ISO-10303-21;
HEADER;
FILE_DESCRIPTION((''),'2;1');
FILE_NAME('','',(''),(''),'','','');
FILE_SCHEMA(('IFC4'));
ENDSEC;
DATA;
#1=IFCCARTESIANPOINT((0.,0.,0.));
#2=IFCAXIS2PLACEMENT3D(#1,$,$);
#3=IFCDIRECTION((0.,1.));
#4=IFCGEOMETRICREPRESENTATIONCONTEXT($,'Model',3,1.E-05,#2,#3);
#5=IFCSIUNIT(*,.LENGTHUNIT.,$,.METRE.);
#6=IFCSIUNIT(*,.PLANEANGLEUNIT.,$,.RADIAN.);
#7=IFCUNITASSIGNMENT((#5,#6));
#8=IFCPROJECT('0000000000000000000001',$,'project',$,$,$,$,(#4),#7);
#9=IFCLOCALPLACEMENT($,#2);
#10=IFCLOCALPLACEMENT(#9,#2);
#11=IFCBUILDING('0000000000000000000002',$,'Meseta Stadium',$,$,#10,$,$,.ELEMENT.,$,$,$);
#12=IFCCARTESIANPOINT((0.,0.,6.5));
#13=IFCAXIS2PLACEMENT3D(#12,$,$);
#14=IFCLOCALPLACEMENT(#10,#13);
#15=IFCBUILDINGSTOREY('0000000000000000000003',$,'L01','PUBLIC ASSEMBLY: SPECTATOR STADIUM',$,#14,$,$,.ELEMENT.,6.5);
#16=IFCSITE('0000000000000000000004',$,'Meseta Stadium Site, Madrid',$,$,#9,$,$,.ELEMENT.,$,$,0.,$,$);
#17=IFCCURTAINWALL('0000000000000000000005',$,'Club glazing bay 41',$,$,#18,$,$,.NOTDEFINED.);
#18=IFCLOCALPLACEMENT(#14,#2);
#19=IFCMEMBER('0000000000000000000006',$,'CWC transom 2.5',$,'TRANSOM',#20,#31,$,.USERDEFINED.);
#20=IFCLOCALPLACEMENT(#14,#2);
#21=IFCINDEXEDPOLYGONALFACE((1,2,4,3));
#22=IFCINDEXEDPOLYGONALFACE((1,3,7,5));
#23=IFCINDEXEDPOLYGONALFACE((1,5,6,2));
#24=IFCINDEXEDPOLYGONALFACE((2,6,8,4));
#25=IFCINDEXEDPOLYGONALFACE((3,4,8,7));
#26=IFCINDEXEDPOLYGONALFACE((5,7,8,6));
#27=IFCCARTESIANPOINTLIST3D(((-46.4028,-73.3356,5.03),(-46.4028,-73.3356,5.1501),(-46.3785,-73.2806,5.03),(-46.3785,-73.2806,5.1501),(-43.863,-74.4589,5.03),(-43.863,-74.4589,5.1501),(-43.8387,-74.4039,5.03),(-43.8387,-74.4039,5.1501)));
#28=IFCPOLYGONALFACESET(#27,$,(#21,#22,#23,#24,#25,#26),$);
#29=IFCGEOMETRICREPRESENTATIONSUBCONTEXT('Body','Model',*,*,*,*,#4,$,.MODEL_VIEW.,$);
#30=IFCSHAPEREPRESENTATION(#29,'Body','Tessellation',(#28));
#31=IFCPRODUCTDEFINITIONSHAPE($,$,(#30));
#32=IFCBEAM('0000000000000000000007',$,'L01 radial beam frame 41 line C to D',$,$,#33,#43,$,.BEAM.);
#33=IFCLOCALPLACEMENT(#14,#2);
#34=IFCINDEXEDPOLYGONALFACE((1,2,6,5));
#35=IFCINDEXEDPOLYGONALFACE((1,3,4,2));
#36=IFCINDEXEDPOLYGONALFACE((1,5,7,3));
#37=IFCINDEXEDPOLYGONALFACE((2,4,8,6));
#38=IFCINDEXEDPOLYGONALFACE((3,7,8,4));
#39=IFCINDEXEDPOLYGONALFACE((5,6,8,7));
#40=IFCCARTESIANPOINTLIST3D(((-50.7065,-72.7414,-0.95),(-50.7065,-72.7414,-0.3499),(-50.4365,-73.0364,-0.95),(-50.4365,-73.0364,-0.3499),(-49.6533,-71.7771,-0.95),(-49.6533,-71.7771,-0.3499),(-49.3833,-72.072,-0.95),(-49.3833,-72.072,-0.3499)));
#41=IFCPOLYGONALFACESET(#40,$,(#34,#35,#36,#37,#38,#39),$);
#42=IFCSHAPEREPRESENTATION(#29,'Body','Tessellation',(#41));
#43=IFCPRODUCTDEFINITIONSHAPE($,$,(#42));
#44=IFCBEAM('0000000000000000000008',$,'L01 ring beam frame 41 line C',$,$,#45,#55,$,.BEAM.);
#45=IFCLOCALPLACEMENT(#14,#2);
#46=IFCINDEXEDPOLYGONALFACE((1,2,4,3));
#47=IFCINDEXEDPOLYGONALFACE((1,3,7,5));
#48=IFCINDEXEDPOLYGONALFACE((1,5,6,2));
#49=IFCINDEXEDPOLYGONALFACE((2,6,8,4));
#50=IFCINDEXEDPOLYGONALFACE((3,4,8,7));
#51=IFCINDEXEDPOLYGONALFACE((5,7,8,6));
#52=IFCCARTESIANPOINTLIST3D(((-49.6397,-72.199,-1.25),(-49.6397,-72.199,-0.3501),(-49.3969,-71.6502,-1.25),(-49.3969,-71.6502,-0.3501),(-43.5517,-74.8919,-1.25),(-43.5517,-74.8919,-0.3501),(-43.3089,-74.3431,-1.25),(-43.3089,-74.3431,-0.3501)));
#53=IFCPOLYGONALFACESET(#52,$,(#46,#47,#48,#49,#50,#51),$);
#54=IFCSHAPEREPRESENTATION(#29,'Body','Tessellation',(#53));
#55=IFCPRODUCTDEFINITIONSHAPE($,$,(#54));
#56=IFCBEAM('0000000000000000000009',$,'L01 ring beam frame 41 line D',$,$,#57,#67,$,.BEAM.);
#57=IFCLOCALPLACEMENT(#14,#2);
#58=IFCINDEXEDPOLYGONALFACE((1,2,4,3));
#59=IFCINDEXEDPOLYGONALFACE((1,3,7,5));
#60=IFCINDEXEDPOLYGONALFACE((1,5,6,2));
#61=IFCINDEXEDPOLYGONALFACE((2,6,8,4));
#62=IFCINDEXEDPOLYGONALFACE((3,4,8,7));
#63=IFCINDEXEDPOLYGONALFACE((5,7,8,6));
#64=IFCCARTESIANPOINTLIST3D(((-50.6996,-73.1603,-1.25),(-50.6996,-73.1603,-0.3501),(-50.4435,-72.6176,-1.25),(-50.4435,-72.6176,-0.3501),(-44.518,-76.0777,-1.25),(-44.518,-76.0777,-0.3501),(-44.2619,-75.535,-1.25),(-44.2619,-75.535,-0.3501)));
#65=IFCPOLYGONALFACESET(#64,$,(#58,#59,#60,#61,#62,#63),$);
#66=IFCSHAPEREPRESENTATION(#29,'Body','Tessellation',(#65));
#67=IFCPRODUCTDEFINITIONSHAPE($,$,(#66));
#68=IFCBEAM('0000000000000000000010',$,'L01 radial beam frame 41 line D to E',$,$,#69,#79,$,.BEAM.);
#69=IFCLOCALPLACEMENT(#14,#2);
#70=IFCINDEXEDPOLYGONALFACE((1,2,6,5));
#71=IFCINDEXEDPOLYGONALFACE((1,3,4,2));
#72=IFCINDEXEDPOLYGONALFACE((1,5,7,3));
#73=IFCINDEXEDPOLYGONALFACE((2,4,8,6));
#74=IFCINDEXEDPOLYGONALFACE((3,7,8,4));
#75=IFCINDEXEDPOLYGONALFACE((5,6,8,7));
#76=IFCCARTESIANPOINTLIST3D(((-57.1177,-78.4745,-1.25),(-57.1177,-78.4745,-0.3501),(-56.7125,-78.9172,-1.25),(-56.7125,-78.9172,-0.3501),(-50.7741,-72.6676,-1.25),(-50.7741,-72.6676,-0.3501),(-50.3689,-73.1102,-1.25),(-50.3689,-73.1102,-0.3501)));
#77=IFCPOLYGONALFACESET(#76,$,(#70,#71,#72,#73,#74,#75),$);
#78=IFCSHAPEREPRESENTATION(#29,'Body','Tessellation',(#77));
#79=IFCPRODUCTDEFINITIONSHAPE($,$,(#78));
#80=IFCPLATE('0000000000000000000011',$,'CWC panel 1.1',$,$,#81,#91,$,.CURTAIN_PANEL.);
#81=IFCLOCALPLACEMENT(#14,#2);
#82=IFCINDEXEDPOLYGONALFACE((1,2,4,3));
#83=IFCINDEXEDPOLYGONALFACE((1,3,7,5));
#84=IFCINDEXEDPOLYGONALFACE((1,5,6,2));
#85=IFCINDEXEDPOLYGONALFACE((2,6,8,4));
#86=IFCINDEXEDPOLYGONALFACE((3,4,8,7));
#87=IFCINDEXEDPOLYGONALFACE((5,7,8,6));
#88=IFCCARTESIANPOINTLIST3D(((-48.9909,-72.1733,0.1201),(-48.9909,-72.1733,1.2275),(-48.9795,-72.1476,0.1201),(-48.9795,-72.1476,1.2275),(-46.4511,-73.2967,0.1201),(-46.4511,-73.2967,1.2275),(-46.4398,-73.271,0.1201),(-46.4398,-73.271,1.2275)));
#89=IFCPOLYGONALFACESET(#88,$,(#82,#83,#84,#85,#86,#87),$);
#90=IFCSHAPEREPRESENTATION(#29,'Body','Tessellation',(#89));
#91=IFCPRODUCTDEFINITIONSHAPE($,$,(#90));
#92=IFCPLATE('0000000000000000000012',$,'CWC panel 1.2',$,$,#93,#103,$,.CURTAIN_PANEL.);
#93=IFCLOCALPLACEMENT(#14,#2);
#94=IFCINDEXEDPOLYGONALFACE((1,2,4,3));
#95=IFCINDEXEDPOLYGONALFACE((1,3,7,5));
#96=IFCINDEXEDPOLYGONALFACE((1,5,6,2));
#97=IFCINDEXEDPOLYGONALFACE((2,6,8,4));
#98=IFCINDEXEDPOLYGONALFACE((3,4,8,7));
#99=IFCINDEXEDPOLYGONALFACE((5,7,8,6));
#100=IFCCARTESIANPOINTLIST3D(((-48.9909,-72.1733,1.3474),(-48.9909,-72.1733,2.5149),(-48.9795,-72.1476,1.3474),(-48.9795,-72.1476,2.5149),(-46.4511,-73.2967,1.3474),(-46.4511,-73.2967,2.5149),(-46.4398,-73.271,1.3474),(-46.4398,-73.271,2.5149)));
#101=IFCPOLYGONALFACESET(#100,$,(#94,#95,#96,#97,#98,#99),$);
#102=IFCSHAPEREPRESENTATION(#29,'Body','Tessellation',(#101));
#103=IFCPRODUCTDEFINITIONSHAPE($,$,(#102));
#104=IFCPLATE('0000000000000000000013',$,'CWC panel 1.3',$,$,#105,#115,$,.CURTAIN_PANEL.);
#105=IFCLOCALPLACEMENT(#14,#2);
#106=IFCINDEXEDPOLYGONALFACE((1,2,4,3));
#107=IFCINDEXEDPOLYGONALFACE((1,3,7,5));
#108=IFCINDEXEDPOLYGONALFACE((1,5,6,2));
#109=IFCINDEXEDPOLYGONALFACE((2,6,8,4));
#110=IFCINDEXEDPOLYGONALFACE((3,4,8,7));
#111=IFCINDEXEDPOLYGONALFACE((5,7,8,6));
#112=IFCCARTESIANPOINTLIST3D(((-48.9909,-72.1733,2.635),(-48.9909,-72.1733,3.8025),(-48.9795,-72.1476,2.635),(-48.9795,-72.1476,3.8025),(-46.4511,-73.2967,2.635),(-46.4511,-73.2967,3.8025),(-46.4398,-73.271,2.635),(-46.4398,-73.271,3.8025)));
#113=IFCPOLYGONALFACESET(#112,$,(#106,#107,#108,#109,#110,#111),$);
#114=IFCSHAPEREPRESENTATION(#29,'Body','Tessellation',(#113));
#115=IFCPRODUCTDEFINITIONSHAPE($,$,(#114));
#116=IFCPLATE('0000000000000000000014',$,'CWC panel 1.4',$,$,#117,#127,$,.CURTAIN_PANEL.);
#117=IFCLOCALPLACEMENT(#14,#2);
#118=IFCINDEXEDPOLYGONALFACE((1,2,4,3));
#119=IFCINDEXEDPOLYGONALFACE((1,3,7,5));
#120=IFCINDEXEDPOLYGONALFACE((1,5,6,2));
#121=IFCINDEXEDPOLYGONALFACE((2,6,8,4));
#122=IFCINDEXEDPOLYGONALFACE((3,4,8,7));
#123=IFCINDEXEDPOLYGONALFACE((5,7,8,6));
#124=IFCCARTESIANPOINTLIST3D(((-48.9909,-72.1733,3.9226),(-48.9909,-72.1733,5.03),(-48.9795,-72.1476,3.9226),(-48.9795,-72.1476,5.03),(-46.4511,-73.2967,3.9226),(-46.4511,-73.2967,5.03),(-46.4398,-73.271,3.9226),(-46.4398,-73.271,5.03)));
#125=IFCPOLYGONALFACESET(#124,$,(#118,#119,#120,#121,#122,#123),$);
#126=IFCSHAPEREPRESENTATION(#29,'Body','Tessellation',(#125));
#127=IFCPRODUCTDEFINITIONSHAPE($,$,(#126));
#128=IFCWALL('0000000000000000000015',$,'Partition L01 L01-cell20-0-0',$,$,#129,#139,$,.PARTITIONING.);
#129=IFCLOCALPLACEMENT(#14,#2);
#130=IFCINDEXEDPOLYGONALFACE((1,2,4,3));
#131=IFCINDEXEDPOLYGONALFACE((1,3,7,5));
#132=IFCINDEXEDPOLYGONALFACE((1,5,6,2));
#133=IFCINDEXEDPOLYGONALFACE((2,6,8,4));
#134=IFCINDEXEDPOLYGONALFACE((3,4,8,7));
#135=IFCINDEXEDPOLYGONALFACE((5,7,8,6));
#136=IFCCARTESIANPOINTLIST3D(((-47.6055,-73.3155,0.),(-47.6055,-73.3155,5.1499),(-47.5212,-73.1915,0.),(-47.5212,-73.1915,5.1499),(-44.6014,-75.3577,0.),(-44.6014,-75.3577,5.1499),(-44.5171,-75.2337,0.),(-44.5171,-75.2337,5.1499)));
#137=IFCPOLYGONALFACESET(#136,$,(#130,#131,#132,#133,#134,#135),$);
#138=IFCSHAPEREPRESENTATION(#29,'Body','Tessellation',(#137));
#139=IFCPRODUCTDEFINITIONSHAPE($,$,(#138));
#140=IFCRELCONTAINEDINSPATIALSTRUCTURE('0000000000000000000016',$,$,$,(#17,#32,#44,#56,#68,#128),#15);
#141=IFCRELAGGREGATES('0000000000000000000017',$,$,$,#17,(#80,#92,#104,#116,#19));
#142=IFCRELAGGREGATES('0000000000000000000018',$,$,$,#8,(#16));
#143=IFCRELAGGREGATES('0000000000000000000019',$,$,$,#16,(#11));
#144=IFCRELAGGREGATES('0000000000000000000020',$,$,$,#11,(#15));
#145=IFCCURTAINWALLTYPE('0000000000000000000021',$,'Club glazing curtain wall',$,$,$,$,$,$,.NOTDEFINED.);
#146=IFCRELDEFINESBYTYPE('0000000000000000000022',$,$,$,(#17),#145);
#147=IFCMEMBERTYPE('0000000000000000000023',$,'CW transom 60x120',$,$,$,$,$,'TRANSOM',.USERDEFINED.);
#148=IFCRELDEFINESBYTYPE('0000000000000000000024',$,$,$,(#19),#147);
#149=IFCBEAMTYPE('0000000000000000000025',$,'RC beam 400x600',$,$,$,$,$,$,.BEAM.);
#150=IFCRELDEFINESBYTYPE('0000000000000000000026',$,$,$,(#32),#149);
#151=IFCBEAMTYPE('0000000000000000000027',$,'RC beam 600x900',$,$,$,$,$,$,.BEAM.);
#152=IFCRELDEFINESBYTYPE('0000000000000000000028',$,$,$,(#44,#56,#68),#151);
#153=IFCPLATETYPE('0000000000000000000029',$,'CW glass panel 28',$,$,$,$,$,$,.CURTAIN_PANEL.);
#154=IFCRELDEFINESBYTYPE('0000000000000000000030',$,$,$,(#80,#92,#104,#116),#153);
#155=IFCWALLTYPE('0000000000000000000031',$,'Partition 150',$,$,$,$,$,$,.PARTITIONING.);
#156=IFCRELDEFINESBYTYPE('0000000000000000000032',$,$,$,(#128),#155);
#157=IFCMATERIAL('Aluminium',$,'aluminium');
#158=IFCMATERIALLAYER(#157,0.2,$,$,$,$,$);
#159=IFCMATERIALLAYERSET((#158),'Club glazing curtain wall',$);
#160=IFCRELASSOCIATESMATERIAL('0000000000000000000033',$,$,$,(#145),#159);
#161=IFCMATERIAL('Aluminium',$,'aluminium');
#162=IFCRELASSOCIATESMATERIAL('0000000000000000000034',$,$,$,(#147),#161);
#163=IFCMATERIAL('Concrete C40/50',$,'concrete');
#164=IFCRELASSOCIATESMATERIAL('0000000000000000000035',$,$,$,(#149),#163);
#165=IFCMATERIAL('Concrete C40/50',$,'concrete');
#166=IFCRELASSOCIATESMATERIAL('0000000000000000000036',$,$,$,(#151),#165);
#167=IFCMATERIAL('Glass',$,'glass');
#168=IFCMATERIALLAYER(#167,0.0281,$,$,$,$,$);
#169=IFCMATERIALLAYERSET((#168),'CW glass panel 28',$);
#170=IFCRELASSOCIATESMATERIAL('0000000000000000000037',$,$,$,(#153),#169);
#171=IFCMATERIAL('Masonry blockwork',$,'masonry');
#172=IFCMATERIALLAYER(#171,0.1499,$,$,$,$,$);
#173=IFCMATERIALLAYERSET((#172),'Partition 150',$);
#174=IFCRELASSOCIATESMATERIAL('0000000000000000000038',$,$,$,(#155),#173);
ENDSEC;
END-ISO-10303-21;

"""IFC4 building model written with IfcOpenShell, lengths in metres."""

from ifc_helpers import new_model, si_unit, direction, frame, frame_2d, origin, origin_2d, place, context, subcontext, project, spatial, rectangle, extrude, material, layer, layer_set, material_profile, profile_set, type_object, element, aggregate, save


model = new_model("IFC4")

# Units and contexts
model_context = context("Model", 3, precision=1e-05, world=origin(), true_north=direction((0.0, 1.0)))
body_context = subcontext(model_context, "Body", "Model", "MODEL_VIEW")
ifc_project = project(units=[si_unit("LENGTHUNIT", "METRE"), si_unit("PLANEANGLEUNIT", "RADIAN")], contexts=[model_context])

# Site, building, storey
site_placement = place(None, origin())
site = spatial("IfcSite", under=ifc_project, at=site_placement, Name="Meseta Stadium Site, Madrid", CompositionType="ELEMENT", RefElevation=0.0)
building_placement = place(site_placement, origin())
building = spatial("IfcBuilding", under=site, at=building_placement, Name="Meseta Stadium", CompositionType="ELEMENT")
storey_placement = place(building_placement, frame((0.0, 0.0, 6.5)))
storey = spatial("IfcBuildingStorey", under=building, at=storey_placement, Name="L01", Description="PUBLIC ASSEMBLY: SPECTATOR STADIUM", CompositionType="ELEMENT", Elevation=6.5)

# Curtain wall, member
ifc_material_1 = material(Name="Aluminium", Category="aluminium")
ifc_layer_1 = layer(ifc_material_1, 0.2)
ifc_layer_set_1 = layer_set([ifc_layer_1], Name="Club glazing curtain wall")
curtain_wall_type = type_object("IfcCurtainWallType", Name="Club glazing curtain wall", PredefinedType="NOTDEFINED", material=ifc_layer_set_1)
curtain_wall_placement = place(storey_placement, origin())
curtain_wall = element("IfcCurtainWall", 1, at=curtain_wall_placement, inside=storey, type_object=curtain_wall_type, Name="Club glazing bay 41", PredefinedType="NOTDEFINED")
ifc_material_2 = material(Name="Aluminium", Category="aluminium")
ifc_material_profile_1 = material_profile(ifc_material_2, rectangle(XDim=0.0601, YDim=0.1201, at=origin_2d()), Name="CW 60x120")
ifc_profile_set_1 = profile_set([ifc_material_profile_1], Name="Aluminium")
member_type_1 = type_object("IfcMemberType", Name="CW transom 60x120", ElementType="TRANSOM", PredefinedType="USERDEFINED", material=ifc_profile_set_1)
member_1_placement = place(storey_placement, frame((-46.3906, -73.3081, 5.0901), z_axis=(0.914546, -0.404482, 0.0), x_axis=(0.404482, 0.914546, 0.0)))
member_1 = element("IfcMember", 2, at=member_1_placement, type_object=member_type_1, Name="CWC transom 2.5", ObjectType="TRANSOM", PredefinedType="USERDEFINED", context=body_context, shape_type="SweptSolid", body=[
    extrude(rectangle(XDim=0.0601, YDim=0.1201, at=origin_2d()), origin(), (0.0, 0.0, 1.0), 2.7771),
])

# Beams
ifc_material_3 = material(Name="Concrete C40/50", Category="concrete")
ifc_material_profile_2 = material_profile(ifc_material_3, rectangle(XDim=0.3999, YDim=0.6001, at=origin_2d()), Name="RC 400x600")
ifc_profile_set_2 = profile_set([ifc_material_profile_2], Name="Concrete C40/50")
beam_type_1 = type_object("IfcBeamType", Name="RC beam 400x600", PredefinedType="BEAM", material=ifc_profile_set_2)
beam_1_placement = place(storey_placement, frame((-49.5183, -71.9246, -0.6499), z_axis=(-0.737537, -0.675306, 0.0), x_axis=(0.675306, -0.737537, 0.0)))
element("IfcBeam", 3, at=beam_1_placement, inside=storey, type_object=beam_type_1, Name="L01 radial beam frame 41 line C to D", PredefinedType="BEAM", context=body_context, shape_type="SweptSolid", body=[
    extrude(rectangle(XDim=0.3999, YDim=0.6001, at=origin_2d()), origin(), (0.0, 0.0, 1.0), 1.428),
])
ifc_material_4 = material(Name="Concrete C40/50", Category="concrete")
ifc_material_profile_3 = material_profile(ifc_material_4, rectangle(XDim=0.6001, YDim=0.8999, at=origin_2d()), Name="RC 600x900")
ifc_profile_set_3 = profile_set([ifc_material_profile_3], Name="Concrete C40/50")
beam_type_2 = type_object("IfcBeamType", Name="RC beam 600x900", PredefinedType="BEAM", material=ifc_profile_set_3)
beam_2_placement = place(storey_placement, frame((-49.5183, -71.9246, -0.8), z_axis=(0.914527, -0.404525, 0.0), x_axis=(0.404525, 0.914527, 0.0)))
element("IfcBeam", 4, at=beam_2_placement, inside=storey, type_object=beam_type_2, Name="L01 ring beam frame 41 line C", PredefinedType="BEAM", context=body_context, shape_type="SweptSolid", body=[
    extrude(rectangle(XDim=0.6001, YDim=0.8999, at=origin_2d()), origin(), (0.0, 0.0, 1.0), 6.657),
])
beam_3_placement = place(storey_placement, frame((-50.5715, -72.8889, -0.8), z_axis=(0.904341, -0.426812, 0.0), x_axis=(0.426812, 0.904341, 0.0)))
element("IfcBeam", 5, at=beam_3_placement, inside=storey, type_object=beam_type_2, Name="L01 ring beam frame 41 line D", PredefinedType="BEAM", context=body_context, shape_type="SweptSolid", body=[
    extrude(rectangle(XDim=0.6001, YDim=0.8999, at=origin_2d()), origin(), (0.0, 0.0, 1.0), 6.8354),
])
beam_4_placement = place(storey_placement, frame((-50.5715, -72.8889, -0.8), z_axis=(-0.737617, -0.675219, 0.0), x_axis=(0.675219, -0.737617, 0.0)))
element("IfcBeam", 6, at=beam_4_placement, inside=storey, type_object=beam_type_2, Name="L01 radial beam frame 41 line D to E", PredefinedType="BEAM", context=body_context, shape_type="SweptSolid", body=[
    extrude(rectangle(XDim=0.6001, YDim=0.8999, at=origin_2d()), origin(), (0.0, 0.0, 1.0), 8.6001),
])

# Plates
ifc_material_5 = material(Name="Glass", Category="glass")
ifc_layer_2 = layer(ifc_material_5, 0.0281)
ifc_layer_set_2 = layer_set([ifc_layer_2], Name="CW glass panel 28")
plate_type = type_object("IfcPlateType", Name="CW glass panel 28", PredefinedType="CURTAIN_PANEL", material=ifc_layer_set_2)
plate_1_placement = place(storey_placement, frame((-47.7153, -72.7222, 0.1201), z_axis=(0.0, 0.0, 1.0), x_axis=(0.914527, -0.404524, 0.0)))
plate_1 = element("IfcPlate", 7, at=plate_1_placement, type_object=plate_type, Name="CWC panel 1.1", PredefinedType="CURTAIN_PANEL", context=body_context, shape_type="SweptSolid", body=[
    extrude(rectangle(XDim=2.7771, YDim=0.0281, at=origin_2d()), origin(), (0.0, 0.0, 1.0), 1.1074),
])
plate_2_placement = place(storey_placement, frame((-47.7153, -72.7222, 1.3474), z_axis=(0.0, 0.0, 1.0), x_axis=(0.914527, -0.404524, 0.0)))
plate_2 = element("IfcPlate", 8, at=plate_2_placement, type_object=plate_type, Name="CWC panel 1.2", PredefinedType="CURTAIN_PANEL", context=body_context, shape_type="SweptSolid", body=[
    extrude(rectangle(XDim=2.7771, YDim=0.0281, at=origin_2d()), origin(), (0.0, 0.0, 1.0), 1.1675),
])
plate_3_placement = place(storey_placement, frame((-47.7153, -72.7222, 2.635), z_axis=(0.0, 0.0, 1.0), x_axis=(0.914527, -0.404524, 0.0)))
plate_3 = element("IfcPlate", 9, at=plate_3_placement, type_object=plate_type, Name="CWC panel 1.3", PredefinedType="CURTAIN_PANEL", context=body_context, shape_type="SweptSolid", body=[
    extrude(rectangle(XDim=2.7771, YDim=0.0281, at=origin_2d()), origin(), (0.0, 0.0, 1.0), 1.1675),
])
plate_4_placement = place(storey_placement, frame((-47.7153, -72.7222, 3.9226), z_axis=(0.0, 0.0, 1.0), x_axis=(0.914527, -0.404524, 0.0)))
plate_4 = element("IfcPlate", 10, at=plate_4_placement, type_object=plate_type, Name="CWC panel 1.4", PredefinedType="CURTAIN_PANEL", context=body_context, shape_type="SweptSolid", body=[
    extrude(rectangle(XDim=2.7771, YDim=0.0281, at=origin_2d()), origin(), (0.0, 0.0, 1.0), 1.1074),
])
aggregate(curtain_wall, [plate_1, plate_2, plate_3, plate_4, member_1])

# Wall
ifc_material_6 = material(Name="Masonry blockwork", Category="masonry")
ifc_layer_3 = layer(ifc_material_6, 0.1499)
ifc_layer_set_3 = layer_set([ifc_layer_3], Name="Partition 150")
wall_type = type_object("IfcWallType", Name="Partition 150", PredefinedType="PARTITIONING", material=ifc_layer_set_3)
wall_placement = place(storey_placement, frame((-47.5635, -73.2534, 0.0), z_axis=(0.0, 0.0, 1.0), x_axis=(0.827001, -0.5622, 0.0)))
element("IfcWall", 11, at=wall_placement, inside=storey, type_object=wall_type, Name="Partition L01 L01-cell20-0-0", PredefinedType="PARTITIONING", context=body_context, shape_type="SweptSolid", body=[
    extrude(rectangle(XDim=3.6326, YDim=0.1499, at=frame_2d((1.8164, 0.0))), origin(), (0.0, 0.0, 1.0), 5.1499),
])

save(model, "model.ifc")
